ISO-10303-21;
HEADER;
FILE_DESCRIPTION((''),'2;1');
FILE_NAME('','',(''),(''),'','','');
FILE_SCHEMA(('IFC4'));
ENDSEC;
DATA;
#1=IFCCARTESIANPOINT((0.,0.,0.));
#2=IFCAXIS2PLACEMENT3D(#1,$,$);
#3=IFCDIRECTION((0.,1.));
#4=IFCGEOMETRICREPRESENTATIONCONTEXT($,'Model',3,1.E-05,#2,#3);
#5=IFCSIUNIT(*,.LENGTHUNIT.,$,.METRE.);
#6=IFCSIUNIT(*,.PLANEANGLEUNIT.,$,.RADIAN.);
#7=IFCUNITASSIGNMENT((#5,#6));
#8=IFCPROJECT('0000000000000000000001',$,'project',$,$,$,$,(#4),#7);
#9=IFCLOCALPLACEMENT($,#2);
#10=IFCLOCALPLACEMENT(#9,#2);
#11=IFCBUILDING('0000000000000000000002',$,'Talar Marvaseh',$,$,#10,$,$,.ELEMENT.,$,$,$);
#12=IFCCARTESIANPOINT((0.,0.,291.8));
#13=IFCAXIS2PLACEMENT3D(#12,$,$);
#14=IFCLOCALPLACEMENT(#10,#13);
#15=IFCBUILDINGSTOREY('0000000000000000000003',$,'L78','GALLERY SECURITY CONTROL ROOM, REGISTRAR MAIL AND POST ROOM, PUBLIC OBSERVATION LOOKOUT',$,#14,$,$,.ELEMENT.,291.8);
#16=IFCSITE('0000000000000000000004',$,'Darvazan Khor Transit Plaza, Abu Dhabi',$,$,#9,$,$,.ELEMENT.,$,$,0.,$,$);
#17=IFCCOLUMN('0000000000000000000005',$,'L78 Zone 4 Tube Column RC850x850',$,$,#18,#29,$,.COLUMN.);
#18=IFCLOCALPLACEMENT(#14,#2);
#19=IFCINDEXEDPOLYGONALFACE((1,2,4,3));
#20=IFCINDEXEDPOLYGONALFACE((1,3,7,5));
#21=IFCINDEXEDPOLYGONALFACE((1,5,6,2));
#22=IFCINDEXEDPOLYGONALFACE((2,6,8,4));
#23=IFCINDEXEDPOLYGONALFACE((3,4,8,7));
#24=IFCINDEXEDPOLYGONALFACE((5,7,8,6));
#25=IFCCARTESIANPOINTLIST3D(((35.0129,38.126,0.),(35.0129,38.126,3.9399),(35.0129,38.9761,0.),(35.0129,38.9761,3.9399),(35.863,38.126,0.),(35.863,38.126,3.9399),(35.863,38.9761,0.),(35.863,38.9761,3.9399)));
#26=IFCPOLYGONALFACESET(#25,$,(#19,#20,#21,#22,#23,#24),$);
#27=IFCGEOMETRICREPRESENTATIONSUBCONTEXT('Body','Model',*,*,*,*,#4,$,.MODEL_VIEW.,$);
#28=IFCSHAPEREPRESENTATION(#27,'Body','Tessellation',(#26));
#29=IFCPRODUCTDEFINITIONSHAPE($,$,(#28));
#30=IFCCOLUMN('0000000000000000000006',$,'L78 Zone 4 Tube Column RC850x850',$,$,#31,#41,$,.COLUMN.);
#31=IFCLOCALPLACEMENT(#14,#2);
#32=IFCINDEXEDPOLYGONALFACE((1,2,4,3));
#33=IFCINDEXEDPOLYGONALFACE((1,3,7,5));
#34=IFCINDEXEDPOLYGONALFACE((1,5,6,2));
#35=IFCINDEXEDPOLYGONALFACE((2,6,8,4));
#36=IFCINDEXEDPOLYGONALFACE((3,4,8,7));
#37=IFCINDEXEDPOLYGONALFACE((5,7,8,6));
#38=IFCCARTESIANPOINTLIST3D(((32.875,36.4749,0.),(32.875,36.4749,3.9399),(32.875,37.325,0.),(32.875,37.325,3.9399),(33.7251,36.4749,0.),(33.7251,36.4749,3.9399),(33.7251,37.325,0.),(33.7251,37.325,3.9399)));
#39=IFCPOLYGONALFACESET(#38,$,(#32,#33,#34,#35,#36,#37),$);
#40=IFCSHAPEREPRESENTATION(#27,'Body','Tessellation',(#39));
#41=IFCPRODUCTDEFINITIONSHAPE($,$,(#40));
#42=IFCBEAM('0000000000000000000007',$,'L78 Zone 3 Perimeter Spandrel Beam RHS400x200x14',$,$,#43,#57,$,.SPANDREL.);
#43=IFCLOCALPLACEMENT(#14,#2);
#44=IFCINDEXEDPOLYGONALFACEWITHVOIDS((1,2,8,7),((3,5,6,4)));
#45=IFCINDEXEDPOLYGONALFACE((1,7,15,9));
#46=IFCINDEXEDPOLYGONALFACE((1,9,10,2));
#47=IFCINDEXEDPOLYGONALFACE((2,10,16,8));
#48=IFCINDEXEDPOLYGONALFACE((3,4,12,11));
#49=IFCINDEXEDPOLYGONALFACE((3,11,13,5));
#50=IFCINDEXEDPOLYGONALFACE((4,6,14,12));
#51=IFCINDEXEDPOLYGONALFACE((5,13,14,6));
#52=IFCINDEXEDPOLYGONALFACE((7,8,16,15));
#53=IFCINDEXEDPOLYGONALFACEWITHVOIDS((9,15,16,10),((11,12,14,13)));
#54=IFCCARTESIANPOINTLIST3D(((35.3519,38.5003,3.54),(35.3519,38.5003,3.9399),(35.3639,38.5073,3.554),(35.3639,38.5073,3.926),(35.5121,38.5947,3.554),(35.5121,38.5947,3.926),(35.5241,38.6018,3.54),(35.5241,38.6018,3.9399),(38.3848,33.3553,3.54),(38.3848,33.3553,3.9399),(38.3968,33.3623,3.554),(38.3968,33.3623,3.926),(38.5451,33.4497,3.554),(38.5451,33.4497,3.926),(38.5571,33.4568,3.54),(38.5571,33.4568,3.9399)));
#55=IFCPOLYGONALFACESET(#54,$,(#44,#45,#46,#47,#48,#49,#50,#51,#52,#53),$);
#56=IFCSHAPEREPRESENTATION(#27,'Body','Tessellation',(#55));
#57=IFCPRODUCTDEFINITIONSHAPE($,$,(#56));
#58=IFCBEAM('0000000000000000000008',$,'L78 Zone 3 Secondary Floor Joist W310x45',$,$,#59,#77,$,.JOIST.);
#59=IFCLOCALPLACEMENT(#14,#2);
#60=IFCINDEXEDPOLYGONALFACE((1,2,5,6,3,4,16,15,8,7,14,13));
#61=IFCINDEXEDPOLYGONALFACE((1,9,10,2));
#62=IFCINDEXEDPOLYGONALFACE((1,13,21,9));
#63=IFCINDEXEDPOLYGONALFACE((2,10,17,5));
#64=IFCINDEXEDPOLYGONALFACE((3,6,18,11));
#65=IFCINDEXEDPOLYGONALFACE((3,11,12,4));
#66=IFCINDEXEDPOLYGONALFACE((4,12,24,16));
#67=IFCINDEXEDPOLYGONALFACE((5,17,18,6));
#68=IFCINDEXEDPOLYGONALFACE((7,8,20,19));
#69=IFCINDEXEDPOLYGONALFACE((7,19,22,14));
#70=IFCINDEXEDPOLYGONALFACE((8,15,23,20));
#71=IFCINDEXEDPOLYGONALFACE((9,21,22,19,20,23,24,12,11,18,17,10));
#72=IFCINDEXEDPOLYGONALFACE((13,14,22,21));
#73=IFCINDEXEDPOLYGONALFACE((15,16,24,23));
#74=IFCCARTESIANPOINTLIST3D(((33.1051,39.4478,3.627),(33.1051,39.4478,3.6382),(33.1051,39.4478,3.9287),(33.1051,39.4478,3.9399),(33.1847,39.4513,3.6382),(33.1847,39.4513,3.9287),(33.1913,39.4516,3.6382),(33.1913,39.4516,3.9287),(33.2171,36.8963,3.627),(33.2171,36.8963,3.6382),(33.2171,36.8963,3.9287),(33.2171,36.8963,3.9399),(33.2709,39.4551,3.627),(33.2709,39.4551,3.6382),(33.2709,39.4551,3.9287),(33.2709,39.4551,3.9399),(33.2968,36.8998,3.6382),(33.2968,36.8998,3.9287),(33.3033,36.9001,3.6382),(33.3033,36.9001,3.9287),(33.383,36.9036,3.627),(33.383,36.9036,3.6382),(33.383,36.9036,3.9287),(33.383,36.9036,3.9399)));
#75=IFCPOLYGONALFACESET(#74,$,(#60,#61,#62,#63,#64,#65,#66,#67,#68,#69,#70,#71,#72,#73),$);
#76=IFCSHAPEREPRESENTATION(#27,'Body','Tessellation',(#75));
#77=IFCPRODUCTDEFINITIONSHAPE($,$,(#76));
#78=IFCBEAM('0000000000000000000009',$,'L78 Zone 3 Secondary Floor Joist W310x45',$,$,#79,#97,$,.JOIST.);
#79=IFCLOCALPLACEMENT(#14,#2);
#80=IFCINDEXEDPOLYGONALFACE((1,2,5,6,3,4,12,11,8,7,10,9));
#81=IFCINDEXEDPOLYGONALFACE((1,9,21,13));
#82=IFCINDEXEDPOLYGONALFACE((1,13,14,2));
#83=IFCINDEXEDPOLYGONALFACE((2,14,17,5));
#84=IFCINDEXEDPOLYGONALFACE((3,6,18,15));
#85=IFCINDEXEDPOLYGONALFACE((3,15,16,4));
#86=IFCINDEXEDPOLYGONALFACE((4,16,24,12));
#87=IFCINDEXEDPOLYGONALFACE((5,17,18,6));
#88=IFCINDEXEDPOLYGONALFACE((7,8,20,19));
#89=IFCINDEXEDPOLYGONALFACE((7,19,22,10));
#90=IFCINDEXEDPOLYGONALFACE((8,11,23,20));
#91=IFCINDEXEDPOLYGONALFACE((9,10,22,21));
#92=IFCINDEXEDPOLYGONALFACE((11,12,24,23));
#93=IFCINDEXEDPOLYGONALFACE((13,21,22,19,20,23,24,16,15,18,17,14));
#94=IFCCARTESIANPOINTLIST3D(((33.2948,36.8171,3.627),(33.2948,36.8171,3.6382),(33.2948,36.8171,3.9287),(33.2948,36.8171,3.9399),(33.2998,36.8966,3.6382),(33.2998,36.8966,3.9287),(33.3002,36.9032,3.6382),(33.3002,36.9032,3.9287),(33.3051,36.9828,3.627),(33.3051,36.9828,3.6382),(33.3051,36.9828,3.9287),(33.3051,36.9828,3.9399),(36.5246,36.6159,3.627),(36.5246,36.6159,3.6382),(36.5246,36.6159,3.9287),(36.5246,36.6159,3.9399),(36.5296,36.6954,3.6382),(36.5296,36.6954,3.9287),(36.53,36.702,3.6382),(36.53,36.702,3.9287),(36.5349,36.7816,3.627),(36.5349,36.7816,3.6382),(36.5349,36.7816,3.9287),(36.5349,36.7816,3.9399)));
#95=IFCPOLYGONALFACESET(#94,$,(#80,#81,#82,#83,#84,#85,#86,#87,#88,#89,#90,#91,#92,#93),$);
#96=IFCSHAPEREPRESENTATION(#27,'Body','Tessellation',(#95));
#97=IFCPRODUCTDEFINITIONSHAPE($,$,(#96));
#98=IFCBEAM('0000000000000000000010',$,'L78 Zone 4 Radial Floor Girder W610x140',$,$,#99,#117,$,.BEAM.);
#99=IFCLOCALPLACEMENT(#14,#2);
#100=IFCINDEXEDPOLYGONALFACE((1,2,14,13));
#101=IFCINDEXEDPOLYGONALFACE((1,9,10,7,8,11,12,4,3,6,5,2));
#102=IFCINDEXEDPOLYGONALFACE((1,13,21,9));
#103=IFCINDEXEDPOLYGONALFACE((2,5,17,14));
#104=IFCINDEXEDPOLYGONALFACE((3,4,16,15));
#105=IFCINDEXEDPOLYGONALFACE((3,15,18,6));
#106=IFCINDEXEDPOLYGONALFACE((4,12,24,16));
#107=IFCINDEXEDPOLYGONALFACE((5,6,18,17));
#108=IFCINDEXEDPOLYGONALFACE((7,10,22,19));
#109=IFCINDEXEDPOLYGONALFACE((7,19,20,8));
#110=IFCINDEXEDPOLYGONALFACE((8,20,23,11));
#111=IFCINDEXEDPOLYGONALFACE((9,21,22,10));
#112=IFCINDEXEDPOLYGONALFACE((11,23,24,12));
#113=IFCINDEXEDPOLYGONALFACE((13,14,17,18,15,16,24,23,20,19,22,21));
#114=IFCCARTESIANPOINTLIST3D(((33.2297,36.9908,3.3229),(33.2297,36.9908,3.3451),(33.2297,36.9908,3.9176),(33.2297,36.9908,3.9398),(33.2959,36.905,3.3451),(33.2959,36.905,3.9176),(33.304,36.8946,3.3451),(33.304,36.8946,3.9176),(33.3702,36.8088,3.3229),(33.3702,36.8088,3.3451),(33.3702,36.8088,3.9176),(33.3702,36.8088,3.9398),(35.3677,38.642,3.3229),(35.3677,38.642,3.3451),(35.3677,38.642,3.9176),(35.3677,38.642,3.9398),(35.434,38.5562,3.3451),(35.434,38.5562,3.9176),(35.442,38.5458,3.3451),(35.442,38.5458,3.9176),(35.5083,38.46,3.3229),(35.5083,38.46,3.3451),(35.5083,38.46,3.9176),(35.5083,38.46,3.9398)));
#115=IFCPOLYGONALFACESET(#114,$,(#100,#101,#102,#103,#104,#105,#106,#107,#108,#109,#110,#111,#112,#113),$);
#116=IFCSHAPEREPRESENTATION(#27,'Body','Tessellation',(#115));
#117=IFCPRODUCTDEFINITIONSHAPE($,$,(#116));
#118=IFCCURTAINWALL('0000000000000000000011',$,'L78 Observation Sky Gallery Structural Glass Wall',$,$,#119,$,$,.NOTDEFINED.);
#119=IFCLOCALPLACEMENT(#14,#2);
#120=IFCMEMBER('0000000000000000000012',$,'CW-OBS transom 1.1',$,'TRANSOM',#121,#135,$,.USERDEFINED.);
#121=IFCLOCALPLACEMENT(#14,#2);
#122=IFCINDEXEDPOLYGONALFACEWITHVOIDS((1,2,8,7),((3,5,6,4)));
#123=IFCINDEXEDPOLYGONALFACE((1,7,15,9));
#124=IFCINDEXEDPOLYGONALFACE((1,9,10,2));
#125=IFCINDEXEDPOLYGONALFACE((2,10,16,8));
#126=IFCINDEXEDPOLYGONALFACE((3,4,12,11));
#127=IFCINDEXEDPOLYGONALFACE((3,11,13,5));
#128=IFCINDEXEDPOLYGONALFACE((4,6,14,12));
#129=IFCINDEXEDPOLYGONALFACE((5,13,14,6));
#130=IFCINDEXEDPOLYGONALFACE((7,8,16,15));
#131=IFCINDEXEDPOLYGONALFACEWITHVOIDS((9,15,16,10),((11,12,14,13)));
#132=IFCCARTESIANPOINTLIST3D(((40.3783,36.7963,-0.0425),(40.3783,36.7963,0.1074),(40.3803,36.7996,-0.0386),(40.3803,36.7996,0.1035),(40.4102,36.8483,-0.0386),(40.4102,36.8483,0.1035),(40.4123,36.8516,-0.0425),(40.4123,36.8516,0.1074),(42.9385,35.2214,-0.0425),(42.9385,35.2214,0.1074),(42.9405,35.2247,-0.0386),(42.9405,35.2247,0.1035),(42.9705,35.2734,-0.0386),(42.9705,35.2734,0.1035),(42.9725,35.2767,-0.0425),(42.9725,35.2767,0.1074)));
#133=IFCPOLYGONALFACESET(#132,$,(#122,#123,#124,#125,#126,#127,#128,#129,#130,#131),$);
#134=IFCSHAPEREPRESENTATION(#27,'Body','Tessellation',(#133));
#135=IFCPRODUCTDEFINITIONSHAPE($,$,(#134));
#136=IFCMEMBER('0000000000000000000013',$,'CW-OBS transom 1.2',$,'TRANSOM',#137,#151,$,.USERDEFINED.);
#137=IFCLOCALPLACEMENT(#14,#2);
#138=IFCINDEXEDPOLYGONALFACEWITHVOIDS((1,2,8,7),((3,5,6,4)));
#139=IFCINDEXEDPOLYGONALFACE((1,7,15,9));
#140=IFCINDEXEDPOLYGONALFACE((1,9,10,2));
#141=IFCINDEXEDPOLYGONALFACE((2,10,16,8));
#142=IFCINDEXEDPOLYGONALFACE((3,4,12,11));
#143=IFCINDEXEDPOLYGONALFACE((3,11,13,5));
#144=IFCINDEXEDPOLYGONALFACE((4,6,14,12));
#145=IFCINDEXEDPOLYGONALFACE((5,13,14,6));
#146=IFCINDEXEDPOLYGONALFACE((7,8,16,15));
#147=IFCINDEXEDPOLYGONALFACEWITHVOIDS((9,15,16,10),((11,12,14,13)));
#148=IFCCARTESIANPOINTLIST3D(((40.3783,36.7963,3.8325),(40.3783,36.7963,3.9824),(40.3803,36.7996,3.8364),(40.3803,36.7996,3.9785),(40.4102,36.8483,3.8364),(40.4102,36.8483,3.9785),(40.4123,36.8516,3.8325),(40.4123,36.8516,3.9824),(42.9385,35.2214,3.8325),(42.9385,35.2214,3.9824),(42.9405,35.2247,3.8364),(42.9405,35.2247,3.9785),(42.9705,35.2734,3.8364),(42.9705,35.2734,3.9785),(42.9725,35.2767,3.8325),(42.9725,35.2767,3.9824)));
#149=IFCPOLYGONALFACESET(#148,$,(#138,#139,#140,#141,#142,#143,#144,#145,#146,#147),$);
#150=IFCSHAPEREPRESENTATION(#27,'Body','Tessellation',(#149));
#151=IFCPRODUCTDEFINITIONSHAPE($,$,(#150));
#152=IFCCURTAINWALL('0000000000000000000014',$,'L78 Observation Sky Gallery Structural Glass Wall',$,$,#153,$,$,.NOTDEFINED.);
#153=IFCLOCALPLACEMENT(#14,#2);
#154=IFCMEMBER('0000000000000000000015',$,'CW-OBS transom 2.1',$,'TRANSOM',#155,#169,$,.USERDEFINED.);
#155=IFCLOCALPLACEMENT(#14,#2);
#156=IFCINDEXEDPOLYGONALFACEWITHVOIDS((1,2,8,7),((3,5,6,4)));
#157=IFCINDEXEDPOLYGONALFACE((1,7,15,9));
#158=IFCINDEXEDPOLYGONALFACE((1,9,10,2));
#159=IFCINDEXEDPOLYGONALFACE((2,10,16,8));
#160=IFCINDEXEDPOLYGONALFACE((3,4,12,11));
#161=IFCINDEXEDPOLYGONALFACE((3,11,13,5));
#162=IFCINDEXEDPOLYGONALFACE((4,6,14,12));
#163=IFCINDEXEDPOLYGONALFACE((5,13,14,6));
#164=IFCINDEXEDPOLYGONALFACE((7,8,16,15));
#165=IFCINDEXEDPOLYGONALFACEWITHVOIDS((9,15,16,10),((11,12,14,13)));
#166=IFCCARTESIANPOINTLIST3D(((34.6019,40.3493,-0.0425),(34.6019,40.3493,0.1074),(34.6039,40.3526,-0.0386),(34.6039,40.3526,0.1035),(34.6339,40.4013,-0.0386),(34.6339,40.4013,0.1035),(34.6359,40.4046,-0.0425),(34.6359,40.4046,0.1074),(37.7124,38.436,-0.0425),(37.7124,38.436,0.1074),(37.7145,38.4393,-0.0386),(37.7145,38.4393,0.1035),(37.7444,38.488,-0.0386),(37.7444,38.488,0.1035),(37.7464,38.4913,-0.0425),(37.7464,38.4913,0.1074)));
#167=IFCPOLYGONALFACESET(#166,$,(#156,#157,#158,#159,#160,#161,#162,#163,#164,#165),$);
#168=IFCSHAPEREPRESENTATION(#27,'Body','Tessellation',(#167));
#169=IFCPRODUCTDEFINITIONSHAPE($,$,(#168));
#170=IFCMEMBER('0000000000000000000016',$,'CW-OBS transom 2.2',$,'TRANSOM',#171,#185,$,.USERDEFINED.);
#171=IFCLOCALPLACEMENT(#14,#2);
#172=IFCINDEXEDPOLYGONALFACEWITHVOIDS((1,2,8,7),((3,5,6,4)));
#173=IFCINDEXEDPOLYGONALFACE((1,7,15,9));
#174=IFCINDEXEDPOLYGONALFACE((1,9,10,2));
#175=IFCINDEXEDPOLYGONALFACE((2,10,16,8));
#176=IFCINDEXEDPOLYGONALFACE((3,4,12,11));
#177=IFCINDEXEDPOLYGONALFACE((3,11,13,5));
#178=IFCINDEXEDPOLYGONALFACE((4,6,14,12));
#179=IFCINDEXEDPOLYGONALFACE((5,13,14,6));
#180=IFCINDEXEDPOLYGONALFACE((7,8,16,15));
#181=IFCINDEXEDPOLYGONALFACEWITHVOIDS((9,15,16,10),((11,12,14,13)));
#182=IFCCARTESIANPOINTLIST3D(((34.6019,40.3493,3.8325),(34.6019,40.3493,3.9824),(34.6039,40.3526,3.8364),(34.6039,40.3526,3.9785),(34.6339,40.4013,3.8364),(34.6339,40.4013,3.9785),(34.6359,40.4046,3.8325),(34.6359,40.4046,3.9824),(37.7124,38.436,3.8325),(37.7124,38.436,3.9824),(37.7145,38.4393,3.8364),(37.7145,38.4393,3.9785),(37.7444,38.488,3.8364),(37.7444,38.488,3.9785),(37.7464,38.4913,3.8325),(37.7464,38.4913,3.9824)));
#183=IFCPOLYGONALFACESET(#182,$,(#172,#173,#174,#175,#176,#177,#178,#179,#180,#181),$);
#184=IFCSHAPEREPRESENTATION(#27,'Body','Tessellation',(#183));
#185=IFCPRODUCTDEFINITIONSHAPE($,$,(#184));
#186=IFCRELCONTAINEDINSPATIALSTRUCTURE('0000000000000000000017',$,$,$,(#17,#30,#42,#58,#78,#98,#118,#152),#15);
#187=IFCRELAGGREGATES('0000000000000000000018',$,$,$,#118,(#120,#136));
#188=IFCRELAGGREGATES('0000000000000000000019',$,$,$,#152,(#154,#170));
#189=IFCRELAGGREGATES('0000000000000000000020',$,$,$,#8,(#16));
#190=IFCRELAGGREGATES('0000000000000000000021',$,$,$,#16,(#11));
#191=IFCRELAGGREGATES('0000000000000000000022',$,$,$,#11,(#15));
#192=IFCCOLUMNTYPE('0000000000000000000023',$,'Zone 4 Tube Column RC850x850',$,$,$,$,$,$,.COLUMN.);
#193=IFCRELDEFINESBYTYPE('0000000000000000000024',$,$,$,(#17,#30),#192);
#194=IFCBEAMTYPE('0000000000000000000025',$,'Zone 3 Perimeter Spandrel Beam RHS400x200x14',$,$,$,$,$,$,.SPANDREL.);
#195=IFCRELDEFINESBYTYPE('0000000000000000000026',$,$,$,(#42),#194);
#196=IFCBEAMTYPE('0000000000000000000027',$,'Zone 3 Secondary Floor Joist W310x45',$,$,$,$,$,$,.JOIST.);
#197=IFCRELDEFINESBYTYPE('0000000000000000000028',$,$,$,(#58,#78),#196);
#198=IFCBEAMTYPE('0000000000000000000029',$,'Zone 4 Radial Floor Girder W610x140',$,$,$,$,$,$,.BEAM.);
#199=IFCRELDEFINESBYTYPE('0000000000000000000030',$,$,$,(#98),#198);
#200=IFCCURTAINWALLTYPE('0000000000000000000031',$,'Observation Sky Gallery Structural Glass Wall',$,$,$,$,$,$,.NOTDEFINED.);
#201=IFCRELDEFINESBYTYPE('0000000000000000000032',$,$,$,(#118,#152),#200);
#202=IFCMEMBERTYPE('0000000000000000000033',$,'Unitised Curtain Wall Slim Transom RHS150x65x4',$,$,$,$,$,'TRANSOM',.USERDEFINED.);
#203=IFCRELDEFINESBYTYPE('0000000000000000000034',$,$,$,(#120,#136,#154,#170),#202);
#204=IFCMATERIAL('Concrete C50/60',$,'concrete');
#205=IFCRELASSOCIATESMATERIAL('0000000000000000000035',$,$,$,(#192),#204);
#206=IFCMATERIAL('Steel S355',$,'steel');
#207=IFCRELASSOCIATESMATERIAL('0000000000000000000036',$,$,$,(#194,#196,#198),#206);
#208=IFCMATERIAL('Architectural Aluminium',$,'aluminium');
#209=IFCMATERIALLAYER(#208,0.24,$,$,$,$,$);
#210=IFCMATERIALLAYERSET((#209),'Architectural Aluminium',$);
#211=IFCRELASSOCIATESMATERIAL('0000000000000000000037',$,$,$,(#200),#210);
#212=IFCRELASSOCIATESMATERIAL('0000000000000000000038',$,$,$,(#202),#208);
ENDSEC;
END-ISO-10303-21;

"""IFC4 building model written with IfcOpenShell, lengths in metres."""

from ifc_helpers import new_model, si_unit, direction, frame, origin, origin_2d, place, context, subcontext, project, spatial, rectangle, hollow_rectangle, i_section, extrude, source, transform, mapped, material, layer, layer_set, material_profile, profile_set, type_object, type_shapes, element, aggregate, save


model = new_model("IFC4")

# Units and contexts
model_context = context("Model", 3, precision=1e-05, world=origin(), true_north=direction((0.0, 1.0)))
body_context = subcontext(model_context, "Body", "Model", "MODEL_VIEW")
ifc_project = project(units=[si_unit("LENGTHUNIT", "METRE"), si_unit("PLANEANGLEUNIT", "RADIAN")], contexts=[model_context])

# Site, building, storey
site_placement = place(None, origin())
site = spatial("IfcSite", under=ifc_project, at=site_placement, Name="Darvazan Khor Transit Plaza, Abu Dhabi", CompositionType="ELEMENT", RefElevation=0.0)
building_placement = place(site_placement, origin())
building = spatial("IfcBuilding", under=site, at=building_placement, Name="Talar Marvaseh", CompositionType="ELEMENT")
storey_placement = place(building_placement, frame((0.0, 0.0, 291.8)))
storey = spatial("IfcBuildingStorey", under=building, at=storey_placement, Name="L78", Description="GALLERY SECURITY CONTROL ROOM, REGISTRAR MAIL AND POST ROOM, PUBLIC OBSERVATION LOOKOUT", CompositionType="ELEMENT", Elevation=291.8)

# Columns
ifc_material_1 = material(Name="Concrete C50/60", Category="concrete")
ifc_material_profile_1 = material_profile(ifc_material_1, rectangle(XDim=0.8501, YDim=0.8501, at=origin_2d()), Name="RC850x850")
ifc_profile_set_1 = profile_set([ifc_material_profile_1], Name="Concrete C50/60")
column_type = type_object("IfcColumnType", Name="Zone 4 Tube Column RC850x850", PredefinedType="COLUMN", material=ifc_profile_set_1)
for number, where, z_axis, x_axis, name in (
    (1, (35.438, 38.551, 0.0), (0.0, 0.0, 1.0), (1.0, 0.0, 0.0), "L78 Zone 4 Tube Column RC850x850"),
    (2, (33.3, 36.8999, 0.0), (0.0, 0.0, 1.0), (1.0, 0.0, 0.0), "L78 Zone 4 Tube Column RC850x850"),
):
    element("IfcColumn", number, at=place(storey_placement, frame(where, z_axis=z_axis, x_axis=x_axis)), inside=storey, type_object=column_type, Name=name, PredefinedType="COLUMN", context=body_context, shape_type="SweptSolid", body=[
        extrude(rectangle(XDim=0.8501, YDim=0.8501, at=origin_2d()), origin(), (0.0, 0.0, 1.0), 3.9399),
    ])

# Beams
ifc_material_2 = material(Name="Steel S355", Category="steel")
ifc_material_profile_2 = material_profile(ifc_material_2, hollow_rectangle(XDim=0.2, YDim=0.3999, WallThickness=0.0139, at=origin_2d()), Name="RHS400x200x14")
ifc_profile_set_2 = profile_set([ifc_material_profile_2], Name="Steel S355")
beam_type_1 = type_object("IfcBeamType", Name="Zone 3 Perimeter Spandrel Beam RHS400x200x14", PredefinedType="SPANDREL", material=ifc_profile_set_2)
beam_1_placement = place(storey_placement, frame((35.438, 38.551, 3.74), z_axis=(0.507826, -0.86146, 0.0), x_axis=(0.86146, 0.507826, 0.0)))
element("IfcBeam", 3, at=beam_1_placement, inside=storey, type_object=beam_type_1, Name="L78 Zone 3 Perimeter Spandrel Beam RHS400x200x14", PredefinedType="SPANDREL", context=body_context, shape_type="SweptSolid", body=[
    extrude(hollow_rectangle(XDim=0.2, YDim=0.3999, WallThickness=0.0139, at=origin_2d()), origin(), (0.0, 0.0, 1.0), 5.9724),
])
ifc_material_profile_3 = material_profile(ifc_material_2, i_section(OverallWidth=0.166, OverallDepth=0.313, WebThickness=0.0066, FlangeThickness=0.0112, at=origin_2d()), Name="W310x45")
ifc_profile_set_3 = profile_set([ifc_material_profile_3], Name="Steel S355")
beam_type_2 = type_object("IfcBeamType", Name="Zone 3 Secondary Floor Joist W310x45", PredefinedType="JOIST", material=ifc_profile_set_3)
beam_2_placement = place(storey_placement, frame((33.188, 39.4514, 3.7834), z_axis=(0.043877, -0.999037, 0.0), x_axis=(0.999037, 0.043877, 0.0)))
element("IfcBeam", 4, at=beam_2_placement, inside=storey, type_object=beam_type_2, Name="L78 Zone 3 Secondary Floor Joist W310x45", PredefinedType="JOIST", context=body_context, shape_type="SweptSolid", body=[
    extrude(i_section(OverallWidth=0.166, OverallDepth=0.313, WebThickness=0.0066, FlangeThickness=0.0112, at=origin_2d()), origin(), (0.0, 0.0, 1.0), 2.554),
])
beam_3_placement = place(storey_placement, frame((36.5298, 36.6987, 3.7834), z_axis=(-0.998066, 0.062167, 0.0), x_axis=(-0.062167, -0.998066, 0.0)))
element("IfcBeam", 5, at=beam_3_placement, inside=storey, type_object=beam_type_2, Name="L78 Zone 3 Secondary Floor Joist W310x45", PredefinedType="JOIST", context=body_context, shape_type="SweptSolid", body=[
    extrude(i_section(OverallWidth=0.166, OverallDepth=0.313, WebThickness=0.0066, FlangeThickness=0.0112, at=origin_2d()), origin(), (0.0, 0.0, 1.0), 3.2361),
])
ifc_material_profile_4 = material_profile(ifc_material_2, i_section(OverallWidth=0.23, OverallDepth=0.6169, WebThickness=0.0132, FlangeThickness=0.0222, at=origin_2d()), Name="W610x140")
ifc_profile_set_4 = profile_set([ifc_material_profile_4], Name="Steel S355")
beam_type_3 = type_object("IfcBeamType", Name="Zone 4 Radial Floor Girder W610x140", PredefinedType="BEAM", material=ifc_profile_set_4)
beam_4_placement = place(storey_placement, frame((35.438, 38.551, 3.6313), z_axis=(-0.79145, -0.611234, 0.0), x_axis=(0.611234, -0.79145, 0.0)))
element("IfcBeam", 6, at=beam_4_placement, inside=storey, type_object=beam_type_3, Name="L78 Zone 4 Radial Floor Girder W610x140", PredefinedType="BEAM", context=body_context, shape_type="SweptSolid", body=[
    extrude(i_section(OverallWidth=0.23, OverallDepth=0.6169, WebThickness=0.0132, FlangeThickness=0.0222, at=origin_2d()), origin(), (0.0, 0.0, 1.0), 2.7014),
])

# Curtain walls, members
ifc_material_3 = material(Name="Architectural Aluminium", Category="aluminium")
ifc_layer_1 = layer(ifc_material_3, 0.24)
ifc_layer_set_1 = layer_set([ifc_layer_1], Name="Architectural Aluminium")
curtain_wall_type = type_object("IfcCurtainWallType", Name="Observation Sky Gallery Structural Glass Wall", PredefinedType="NOTDEFINED", material=ifc_layer_set_1)
curtain_wall_1_placement = place(storey_placement, origin())
curtain_wall_1 = element("IfcCurtainWall", 7, at=curtain_wall_1_placement, inside=storey, type_object=curtain_wall_type, Name="L78 Observation Sky Gallery Structural Glass Wall", PredefinedType="NOTDEFINED")
ifc_material_profile_5 = material_profile(ifc_material_3, hollow_rectangle(XDim=0.0649, YDim=0.1499, WallThickness=0.0039, at=origin_2d()), Name="RHS150x65x4")
ifc_profile_set_5 = profile_set([ifc_material_profile_5], Name="Architectural Aluminium")
member_type_1 = type_object("IfcMemberType", Name="Unitised Curtain Wall Slim Transom RHS150x65x4", ElementType="TRANSOM", PredefinedType="USERDEFINED", material=ifc_profile_set_5)
shared_shape_1 = source(origin(), body_context, "Body", "SweptSolid", [
    extrude(hollow_rectangle(XDim=0.0649, YDim=0.1499, WallThickness=0.0039, at=origin_2d()), origin(), (0.0, 0.0, 1.0), 3.0059),
])
member_1_placement = place(storey_placement, frame((40.3953, 36.824, 0.0325), z_axis=(0.85175, -0.523948, 0.0), x_axis=(0.523948, 0.85175, 0.0)))
member_1 = element("IfcMember", 8, at=member_1_placement, type_object=member_type_1, Name="CW-OBS transom 1.1", ObjectType="TRANSOM", PredefinedType="USERDEFINED", context=body_context, shape_type="MappedRepresentation", body=[
    mapped(shared_shape_1, transform((0.0, 0.0, 0.0), x_axis=(1.0, 0.0, 0.0), y_axis=(0.0, 1.0, 0.0), z_axis=(0.0, 0.0, 1.0), scale=1.0)),
])
member_2_placement = place(storey_placement, frame((40.3953, 36.824, 3.9075), z_axis=(0.85175, -0.523948, 0.0), x_axis=(0.523948, 0.85175, 0.0)))
member_2 = element("IfcMember", 9, at=member_2_placement, type_object=member_type_1, Name="CW-OBS transom 1.2", ObjectType="TRANSOM", PredefinedType="USERDEFINED", context=body_context, shape_type="MappedRepresentation", body=[
    mapped(shared_shape_1, transform((0.0, 0.0, 0.0), x_axis=(1.0, 0.0, 0.0), y_axis=(0.0, 1.0, 0.0), z_axis=(0.0, 0.0, 1.0), scale=1.0)),
])
curtain_wall_2_placement = place(storey_placement, origin())
curtain_wall_2 = element("IfcCurtainWall", 10, at=curtain_wall_2_placement, inside=storey, type_object=curtain_wall_type, Name="L78 Observation Sky Gallery Structural Glass Wall", PredefinedType="NOTDEFINED")
shared_shape_2 = source(origin(), body_context, "Body", "SweptSolid", [
    extrude(hollow_rectangle(XDim=0.0649, YDim=0.1499, WallThickness=0.0039, at=origin_2d()), origin(), (0.0, 0.0, 1.0), 3.6519),
])
type_shapes(member_type_1, [shared_shape_1, shared_shape_2])
member_3_placement = place(storey_placement, frame((34.6189, 40.377, 0.0325), z_axis=(0.851766, -0.523922, 0.0), x_axis=(0.523922, 0.851766, 0.0)))
member_3 = element("IfcMember", 11, at=member_3_placement, type_object=member_type_1, Name="CW-OBS transom 2.1", ObjectType="TRANSOM", PredefinedType="USERDEFINED", context=body_context, shape_type="MappedRepresentation", body=[
    mapped(shared_shape_2, transform((0.0, 0.0, 0.0), x_axis=(1.0, 0.0, 0.0), y_axis=(0.0, 1.0, 0.0), z_axis=(0.0, 0.0, 1.0), scale=1.0)),
])
member_4_placement = place(storey_placement, frame((34.6189, 40.377, 3.9075), z_axis=(0.851766, -0.523922, 0.0), x_axis=(0.523922, 0.851766, 0.0)))
member_4 = element("IfcMember", 12, at=member_4_placement, type_object=member_type_1, Name="CW-OBS transom 2.2", ObjectType="TRANSOM", PredefinedType="USERDEFINED", context=body_context, shape_type="MappedRepresentation", body=[
    mapped(shared_shape_2, transform((0.0, 0.0, 0.0), x_axis=(1.0, 0.0, 0.0), y_axis=(0.0, 1.0, 0.0), z_axis=(0.0, 0.0, 1.0), scale=1.0)),
])

aggregate(curtain_wall_1, [member_1, member_2])

aggregate(curtain_wall_2, [member_3, member_4])

save(model, "model.ifc")
